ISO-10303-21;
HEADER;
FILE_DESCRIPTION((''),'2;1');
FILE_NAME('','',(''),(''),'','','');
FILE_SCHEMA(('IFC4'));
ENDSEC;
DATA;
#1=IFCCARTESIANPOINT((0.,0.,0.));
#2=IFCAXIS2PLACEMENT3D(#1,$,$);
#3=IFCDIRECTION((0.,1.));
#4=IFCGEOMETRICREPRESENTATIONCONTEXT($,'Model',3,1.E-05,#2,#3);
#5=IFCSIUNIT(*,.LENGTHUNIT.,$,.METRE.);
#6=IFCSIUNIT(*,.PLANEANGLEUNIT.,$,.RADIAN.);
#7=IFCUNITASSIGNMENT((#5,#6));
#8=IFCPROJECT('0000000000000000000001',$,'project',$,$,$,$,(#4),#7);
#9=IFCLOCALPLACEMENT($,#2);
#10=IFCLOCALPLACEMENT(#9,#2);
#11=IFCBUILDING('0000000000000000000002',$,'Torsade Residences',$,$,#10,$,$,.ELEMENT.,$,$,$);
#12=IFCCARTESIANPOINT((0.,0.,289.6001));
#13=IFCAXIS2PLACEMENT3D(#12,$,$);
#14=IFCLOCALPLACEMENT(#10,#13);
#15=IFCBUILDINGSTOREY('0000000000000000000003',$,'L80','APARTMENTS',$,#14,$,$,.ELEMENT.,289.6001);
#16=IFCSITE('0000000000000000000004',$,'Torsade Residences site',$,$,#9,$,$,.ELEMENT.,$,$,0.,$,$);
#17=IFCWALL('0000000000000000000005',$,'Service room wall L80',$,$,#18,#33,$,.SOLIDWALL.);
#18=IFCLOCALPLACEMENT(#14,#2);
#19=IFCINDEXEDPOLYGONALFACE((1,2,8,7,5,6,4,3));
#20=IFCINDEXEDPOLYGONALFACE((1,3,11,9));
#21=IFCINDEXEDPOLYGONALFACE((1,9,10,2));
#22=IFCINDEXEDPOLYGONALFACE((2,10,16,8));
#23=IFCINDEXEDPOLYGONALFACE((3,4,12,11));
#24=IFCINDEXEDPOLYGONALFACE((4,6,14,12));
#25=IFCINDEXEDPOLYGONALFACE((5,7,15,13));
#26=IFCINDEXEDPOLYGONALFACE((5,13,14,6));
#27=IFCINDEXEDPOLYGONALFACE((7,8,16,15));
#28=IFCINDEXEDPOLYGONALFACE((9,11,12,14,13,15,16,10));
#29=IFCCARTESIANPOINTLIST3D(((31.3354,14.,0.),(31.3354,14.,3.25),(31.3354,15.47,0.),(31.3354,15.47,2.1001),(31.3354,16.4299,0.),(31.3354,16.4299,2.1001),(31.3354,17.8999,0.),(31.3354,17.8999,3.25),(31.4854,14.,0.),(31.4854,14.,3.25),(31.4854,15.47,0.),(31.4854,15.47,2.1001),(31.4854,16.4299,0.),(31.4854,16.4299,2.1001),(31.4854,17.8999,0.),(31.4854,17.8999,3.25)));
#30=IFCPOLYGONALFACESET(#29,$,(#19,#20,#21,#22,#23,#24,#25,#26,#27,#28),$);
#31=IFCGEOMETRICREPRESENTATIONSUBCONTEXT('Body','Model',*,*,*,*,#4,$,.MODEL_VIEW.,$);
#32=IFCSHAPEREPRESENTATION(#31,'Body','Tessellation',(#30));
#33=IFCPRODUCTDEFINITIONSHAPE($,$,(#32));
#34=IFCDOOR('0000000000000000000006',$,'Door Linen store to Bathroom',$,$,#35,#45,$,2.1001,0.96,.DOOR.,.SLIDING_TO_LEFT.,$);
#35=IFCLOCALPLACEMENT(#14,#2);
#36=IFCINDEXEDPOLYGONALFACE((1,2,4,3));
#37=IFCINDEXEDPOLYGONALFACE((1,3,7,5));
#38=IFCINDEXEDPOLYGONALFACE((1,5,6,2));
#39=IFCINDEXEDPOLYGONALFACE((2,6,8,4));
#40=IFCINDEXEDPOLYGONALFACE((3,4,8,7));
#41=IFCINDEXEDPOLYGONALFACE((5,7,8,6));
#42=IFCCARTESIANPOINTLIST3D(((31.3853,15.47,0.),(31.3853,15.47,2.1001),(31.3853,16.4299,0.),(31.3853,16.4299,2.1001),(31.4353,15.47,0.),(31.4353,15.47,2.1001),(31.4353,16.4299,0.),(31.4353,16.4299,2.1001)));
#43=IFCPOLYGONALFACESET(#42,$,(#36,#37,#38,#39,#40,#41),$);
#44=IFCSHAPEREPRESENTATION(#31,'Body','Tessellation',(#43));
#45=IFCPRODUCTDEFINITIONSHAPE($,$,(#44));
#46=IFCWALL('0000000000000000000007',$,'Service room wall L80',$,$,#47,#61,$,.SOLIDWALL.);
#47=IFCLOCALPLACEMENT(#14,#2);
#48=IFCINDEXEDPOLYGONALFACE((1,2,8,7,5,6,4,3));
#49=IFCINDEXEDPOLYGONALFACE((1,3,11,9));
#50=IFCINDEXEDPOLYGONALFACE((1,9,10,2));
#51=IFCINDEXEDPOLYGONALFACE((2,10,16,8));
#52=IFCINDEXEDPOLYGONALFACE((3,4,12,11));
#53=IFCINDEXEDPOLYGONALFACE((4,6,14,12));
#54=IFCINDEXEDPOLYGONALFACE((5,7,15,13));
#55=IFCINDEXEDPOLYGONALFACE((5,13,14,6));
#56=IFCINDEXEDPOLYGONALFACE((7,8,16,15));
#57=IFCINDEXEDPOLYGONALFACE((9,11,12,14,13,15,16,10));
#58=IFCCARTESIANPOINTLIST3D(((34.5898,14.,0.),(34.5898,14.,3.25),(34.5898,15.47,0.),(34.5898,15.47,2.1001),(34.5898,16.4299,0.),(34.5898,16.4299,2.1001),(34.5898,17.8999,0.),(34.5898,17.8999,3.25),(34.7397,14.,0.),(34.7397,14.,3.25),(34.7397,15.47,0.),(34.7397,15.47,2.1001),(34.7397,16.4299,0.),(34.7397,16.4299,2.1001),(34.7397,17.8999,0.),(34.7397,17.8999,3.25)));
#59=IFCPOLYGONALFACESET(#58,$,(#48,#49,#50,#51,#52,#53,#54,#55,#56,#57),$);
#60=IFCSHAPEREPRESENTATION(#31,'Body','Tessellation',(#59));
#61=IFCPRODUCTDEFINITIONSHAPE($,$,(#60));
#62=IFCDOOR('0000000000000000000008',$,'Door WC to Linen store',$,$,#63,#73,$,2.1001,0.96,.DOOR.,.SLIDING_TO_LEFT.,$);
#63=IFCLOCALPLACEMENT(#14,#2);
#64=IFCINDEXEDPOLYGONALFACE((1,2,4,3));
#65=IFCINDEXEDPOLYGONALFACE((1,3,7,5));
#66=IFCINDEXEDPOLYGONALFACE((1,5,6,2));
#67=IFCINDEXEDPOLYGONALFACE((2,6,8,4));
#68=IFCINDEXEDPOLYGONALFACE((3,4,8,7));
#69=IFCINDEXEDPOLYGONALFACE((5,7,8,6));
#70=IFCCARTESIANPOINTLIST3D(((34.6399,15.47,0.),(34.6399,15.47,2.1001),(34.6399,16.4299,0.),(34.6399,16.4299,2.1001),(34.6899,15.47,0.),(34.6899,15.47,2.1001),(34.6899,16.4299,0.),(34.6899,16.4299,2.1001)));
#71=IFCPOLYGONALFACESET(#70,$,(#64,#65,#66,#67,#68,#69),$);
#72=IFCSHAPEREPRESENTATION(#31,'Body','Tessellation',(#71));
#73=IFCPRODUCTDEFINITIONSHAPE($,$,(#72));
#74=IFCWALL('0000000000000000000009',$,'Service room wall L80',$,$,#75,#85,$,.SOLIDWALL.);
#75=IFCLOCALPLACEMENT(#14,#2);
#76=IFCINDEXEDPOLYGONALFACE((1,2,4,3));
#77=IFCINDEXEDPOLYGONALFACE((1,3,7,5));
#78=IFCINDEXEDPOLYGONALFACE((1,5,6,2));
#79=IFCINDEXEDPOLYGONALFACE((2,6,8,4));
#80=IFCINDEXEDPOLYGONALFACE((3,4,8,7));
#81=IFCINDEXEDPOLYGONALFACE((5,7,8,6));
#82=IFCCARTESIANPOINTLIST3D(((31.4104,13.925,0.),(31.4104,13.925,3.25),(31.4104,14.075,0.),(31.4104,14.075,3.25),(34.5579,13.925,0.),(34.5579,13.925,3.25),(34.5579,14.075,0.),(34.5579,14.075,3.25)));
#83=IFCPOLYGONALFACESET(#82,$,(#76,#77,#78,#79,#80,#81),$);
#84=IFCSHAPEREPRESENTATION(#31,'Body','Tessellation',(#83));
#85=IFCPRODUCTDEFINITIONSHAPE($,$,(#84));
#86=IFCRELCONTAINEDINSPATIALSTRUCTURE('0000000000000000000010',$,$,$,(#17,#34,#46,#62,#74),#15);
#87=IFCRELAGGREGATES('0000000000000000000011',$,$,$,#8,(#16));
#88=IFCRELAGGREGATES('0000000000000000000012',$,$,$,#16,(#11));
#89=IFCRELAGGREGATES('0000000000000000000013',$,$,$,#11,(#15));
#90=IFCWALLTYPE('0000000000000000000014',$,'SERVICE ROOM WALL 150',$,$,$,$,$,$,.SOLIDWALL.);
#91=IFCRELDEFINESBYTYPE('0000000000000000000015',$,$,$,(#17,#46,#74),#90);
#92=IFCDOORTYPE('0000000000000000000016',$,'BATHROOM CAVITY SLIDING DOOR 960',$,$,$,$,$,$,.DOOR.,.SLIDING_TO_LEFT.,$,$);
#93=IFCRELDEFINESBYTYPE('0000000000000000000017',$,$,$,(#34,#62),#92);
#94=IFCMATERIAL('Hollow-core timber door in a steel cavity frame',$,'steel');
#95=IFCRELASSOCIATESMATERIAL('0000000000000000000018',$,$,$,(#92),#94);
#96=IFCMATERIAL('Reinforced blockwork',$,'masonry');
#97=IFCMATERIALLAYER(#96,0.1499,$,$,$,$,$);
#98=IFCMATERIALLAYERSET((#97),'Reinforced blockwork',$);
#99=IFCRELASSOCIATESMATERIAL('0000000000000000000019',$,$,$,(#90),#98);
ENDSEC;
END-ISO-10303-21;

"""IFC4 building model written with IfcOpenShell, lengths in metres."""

from ifc_helpers import new_model, si_unit, direction, frame, frame_2d, origin, place, context, subcontext, project, spatial, rectangle, extrude, material, layer, layer_set, type_object, element, fill, save


model = new_model("IFC4")

# Units and contexts
model_context = context("Model", 3, precision=1e-05, world=origin(), true_north=direction((0.0, 1.0)))
body_context = subcontext(model_context, "Body", "Model", "MODEL_VIEW")
ifc_project = project(units=[si_unit("LENGTHUNIT", "METRE"), si_unit("PLANEANGLEUNIT", "RADIAN")], contexts=[model_context])

# Site, building, storey
site_placement = place(None, origin())
site = spatial("IfcSite", under=ifc_project, at=site_placement, Name="Torsade Residences site", CompositionType="ELEMENT", RefElevation=0.0)
building_placement = place(site_placement, origin())
building = spatial("IfcBuilding", under=site, at=building_placement, Name="Torsade Residences", CompositionType="ELEMENT")
storey_placement = place(building_placement, frame((0.0, 0.0, 289.6001)))
storey = spatial("IfcBuildingStorey", under=building, at=storey_placement, Name="L80", Description="APARTMENTS", CompositionType="ELEMENT", Elevation=289.6001)

# Shared definitions
ifc_material_1 = material(Name="Hollow-core timber door in a steel cavity frame", Category="steel")
door_type_1 = type_object("IfcDoorType", Name="BATHROOM CAVITY SLIDING DOOR 960", OperationType="SLIDING_TO_LEFT", PredefinedType="DOOR", material=ifc_material_1)

# Shared definitions
ifc_material_2 = material(Name="Reinforced blockwork", Category="masonry")
ifc_layer_1 = layer(ifc_material_2, 0.1499)
ifc_layer_set_1 = layer_set([ifc_layer_1], Name="Reinforced blockwork")
wall_type_1 = type_object("IfcWallType", Name="SERVICE ROOM WALL 150", PredefinedType="SOLIDWALL", material=ifc_layer_set_1)

# Walls, openings, doors
wall_1_placement = place(storey_placement, frame((31.4104, 17.8999, 0.0), z_axis=(0.0, 0.0, 1.0), x_axis=(0.0, -1.0, 0.0)))
wall_1 = element("IfcWall", 1, at=wall_1_placement, inside=storey, type_object=wall_type_1, Name="Service room wall L80", PredefinedType="SOLIDWALL", context=body_context, shape_type="SweptSolid", body=[
    extrude(rectangle(XDim=3.8999, YDim=0.1499, at=frame_2d((1.95, 0.0))), origin(), (0.0, 0.0, 1.0), 3.25),
])
opening_1_placement = place(wall_1_placement, frame((1.47, 0.0, 0.0)))
opening_1 = element("IfcOpeningElement", 2, at=opening_1_placement, cuts=wall_1, PredefinedType="OPENING", context=body_context, shape_type="SweptSolid", body=[
    extrude(rectangle(XDim=0.96, YDim=2.1001, at=frame_2d((0.48, 1.05))), frame((0.0, 0.085, 0.0), z_axis=(0.0, -1.0, 0.0), x_axis=(1.0, 0.0, 0.0)), (0.0, 0.0, 1.0), 0.1699),
])
door_1_placement = place(opening_1_placement, origin())
door_1 = element("IfcDoor", 3, at=door_1_placement, inside=storey, type_object=door_type_1, Name="Door Linen store to Bathroom", OperationType="SLIDING_TO_LEFT", OverallHeight=2.1001, OverallWidth=0.96, PredefinedType="DOOR", context=body_context, shape_type="SweptSolid", body=[
    extrude(rectangle(XDim=0.96, YDim=2.1001, at=frame_2d((0.48, 1.05))), frame((0.0, 0.0249, 0.0), z_axis=(0.0, -1.0, 0.0), x_axis=(1.0, 0.0, 0.0)), (0.0, 0.0, 1.0), 0.05),
])
fill(opening_1, door_1)
wall_2_placement = place(storey_placement, frame((34.6648, 14.0, 0.0), z_axis=(0.0, 0.0, 1.0), x_axis=(0.0, 1.0, 0.0)))
wall_2 = element("IfcWall", 4, at=wall_2_placement, inside=storey, type_object=wall_type_1, Name="Service room wall L80", PredefinedType="SOLIDWALL", context=body_context, shape_type="SweptSolid", body=[
    extrude(rectangle(XDim=3.8999, YDim=0.1499, at=frame_2d((1.95, 0.0))), origin(), (0.0, 0.0, 1.0), 3.25),
])
opening_2_placement = place(wall_2_placement, frame((1.47, 0.0, 0.0)))
opening_2 = element("IfcOpeningElement", 5, at=opening_2_placement, cuts=wall_2, PredefinedType="OPENING", context=body_context, shape_type="SweptSolid", body=[
    extrude(rectangle(XDim=0.96, YDim=2.1001, at=frame_2d((0.48, 1.05))), frame((0.0, 0.085, 0.0), z_axis=(0.0, -1.0, 0.0), x_axis=(1.0, 0.0, 0.0)), (0.0, 0.0, 1.0), 0.1699),
])
door_2_placement = place(opening_2_placement, origin())
door_2 = element("IfcDoor", 6, at=door_2_placement, inside=storey, type_object=door_type_1, Name="Door WC to Linen store", OperationType="SLIDING_TO_LEFT", OverallHeight=2.1001, OverallWidth=0.96, PredefinedType="DOOR", context=body_context, shape_type="SweptSolid", body=[
    extrude(rectangle(XDim=0.96, YDim=2.1001, at=frame_2d((0.48, 1.05))), frame((0.0, 0.0249, 0.0), z_axis=(0.0, -1.0, 0.0), x_axis=(1.0, 0.0, 0.0)), (0.0, 0.0, 1.0), 0.05),
])
fill(opening_2, door_2)

# Wall
wall_3_placement = place(storey_placement, frame((34.5579, 14.0, 0.0), z_axis=(0.0, 0.0, 1.0), x_axis=(-1.0, 0.0, 0.0)))
element("IfcWall", 7, at=wall_3_placement, inside=storey, type_object=wall_type_1, Name="Service room wall L80", PredefinedType="SOLIDWALL", context=body_context, shape_type="SweptSolid", body=[
    extrude(rectangle(XDim=3.1475, YDim=0.1499, at=frame_2d((1.5737, 0.0))), origin(), (0.0, 0.0, 1.0), 3.25),
])

save(model, "model.ifc")
